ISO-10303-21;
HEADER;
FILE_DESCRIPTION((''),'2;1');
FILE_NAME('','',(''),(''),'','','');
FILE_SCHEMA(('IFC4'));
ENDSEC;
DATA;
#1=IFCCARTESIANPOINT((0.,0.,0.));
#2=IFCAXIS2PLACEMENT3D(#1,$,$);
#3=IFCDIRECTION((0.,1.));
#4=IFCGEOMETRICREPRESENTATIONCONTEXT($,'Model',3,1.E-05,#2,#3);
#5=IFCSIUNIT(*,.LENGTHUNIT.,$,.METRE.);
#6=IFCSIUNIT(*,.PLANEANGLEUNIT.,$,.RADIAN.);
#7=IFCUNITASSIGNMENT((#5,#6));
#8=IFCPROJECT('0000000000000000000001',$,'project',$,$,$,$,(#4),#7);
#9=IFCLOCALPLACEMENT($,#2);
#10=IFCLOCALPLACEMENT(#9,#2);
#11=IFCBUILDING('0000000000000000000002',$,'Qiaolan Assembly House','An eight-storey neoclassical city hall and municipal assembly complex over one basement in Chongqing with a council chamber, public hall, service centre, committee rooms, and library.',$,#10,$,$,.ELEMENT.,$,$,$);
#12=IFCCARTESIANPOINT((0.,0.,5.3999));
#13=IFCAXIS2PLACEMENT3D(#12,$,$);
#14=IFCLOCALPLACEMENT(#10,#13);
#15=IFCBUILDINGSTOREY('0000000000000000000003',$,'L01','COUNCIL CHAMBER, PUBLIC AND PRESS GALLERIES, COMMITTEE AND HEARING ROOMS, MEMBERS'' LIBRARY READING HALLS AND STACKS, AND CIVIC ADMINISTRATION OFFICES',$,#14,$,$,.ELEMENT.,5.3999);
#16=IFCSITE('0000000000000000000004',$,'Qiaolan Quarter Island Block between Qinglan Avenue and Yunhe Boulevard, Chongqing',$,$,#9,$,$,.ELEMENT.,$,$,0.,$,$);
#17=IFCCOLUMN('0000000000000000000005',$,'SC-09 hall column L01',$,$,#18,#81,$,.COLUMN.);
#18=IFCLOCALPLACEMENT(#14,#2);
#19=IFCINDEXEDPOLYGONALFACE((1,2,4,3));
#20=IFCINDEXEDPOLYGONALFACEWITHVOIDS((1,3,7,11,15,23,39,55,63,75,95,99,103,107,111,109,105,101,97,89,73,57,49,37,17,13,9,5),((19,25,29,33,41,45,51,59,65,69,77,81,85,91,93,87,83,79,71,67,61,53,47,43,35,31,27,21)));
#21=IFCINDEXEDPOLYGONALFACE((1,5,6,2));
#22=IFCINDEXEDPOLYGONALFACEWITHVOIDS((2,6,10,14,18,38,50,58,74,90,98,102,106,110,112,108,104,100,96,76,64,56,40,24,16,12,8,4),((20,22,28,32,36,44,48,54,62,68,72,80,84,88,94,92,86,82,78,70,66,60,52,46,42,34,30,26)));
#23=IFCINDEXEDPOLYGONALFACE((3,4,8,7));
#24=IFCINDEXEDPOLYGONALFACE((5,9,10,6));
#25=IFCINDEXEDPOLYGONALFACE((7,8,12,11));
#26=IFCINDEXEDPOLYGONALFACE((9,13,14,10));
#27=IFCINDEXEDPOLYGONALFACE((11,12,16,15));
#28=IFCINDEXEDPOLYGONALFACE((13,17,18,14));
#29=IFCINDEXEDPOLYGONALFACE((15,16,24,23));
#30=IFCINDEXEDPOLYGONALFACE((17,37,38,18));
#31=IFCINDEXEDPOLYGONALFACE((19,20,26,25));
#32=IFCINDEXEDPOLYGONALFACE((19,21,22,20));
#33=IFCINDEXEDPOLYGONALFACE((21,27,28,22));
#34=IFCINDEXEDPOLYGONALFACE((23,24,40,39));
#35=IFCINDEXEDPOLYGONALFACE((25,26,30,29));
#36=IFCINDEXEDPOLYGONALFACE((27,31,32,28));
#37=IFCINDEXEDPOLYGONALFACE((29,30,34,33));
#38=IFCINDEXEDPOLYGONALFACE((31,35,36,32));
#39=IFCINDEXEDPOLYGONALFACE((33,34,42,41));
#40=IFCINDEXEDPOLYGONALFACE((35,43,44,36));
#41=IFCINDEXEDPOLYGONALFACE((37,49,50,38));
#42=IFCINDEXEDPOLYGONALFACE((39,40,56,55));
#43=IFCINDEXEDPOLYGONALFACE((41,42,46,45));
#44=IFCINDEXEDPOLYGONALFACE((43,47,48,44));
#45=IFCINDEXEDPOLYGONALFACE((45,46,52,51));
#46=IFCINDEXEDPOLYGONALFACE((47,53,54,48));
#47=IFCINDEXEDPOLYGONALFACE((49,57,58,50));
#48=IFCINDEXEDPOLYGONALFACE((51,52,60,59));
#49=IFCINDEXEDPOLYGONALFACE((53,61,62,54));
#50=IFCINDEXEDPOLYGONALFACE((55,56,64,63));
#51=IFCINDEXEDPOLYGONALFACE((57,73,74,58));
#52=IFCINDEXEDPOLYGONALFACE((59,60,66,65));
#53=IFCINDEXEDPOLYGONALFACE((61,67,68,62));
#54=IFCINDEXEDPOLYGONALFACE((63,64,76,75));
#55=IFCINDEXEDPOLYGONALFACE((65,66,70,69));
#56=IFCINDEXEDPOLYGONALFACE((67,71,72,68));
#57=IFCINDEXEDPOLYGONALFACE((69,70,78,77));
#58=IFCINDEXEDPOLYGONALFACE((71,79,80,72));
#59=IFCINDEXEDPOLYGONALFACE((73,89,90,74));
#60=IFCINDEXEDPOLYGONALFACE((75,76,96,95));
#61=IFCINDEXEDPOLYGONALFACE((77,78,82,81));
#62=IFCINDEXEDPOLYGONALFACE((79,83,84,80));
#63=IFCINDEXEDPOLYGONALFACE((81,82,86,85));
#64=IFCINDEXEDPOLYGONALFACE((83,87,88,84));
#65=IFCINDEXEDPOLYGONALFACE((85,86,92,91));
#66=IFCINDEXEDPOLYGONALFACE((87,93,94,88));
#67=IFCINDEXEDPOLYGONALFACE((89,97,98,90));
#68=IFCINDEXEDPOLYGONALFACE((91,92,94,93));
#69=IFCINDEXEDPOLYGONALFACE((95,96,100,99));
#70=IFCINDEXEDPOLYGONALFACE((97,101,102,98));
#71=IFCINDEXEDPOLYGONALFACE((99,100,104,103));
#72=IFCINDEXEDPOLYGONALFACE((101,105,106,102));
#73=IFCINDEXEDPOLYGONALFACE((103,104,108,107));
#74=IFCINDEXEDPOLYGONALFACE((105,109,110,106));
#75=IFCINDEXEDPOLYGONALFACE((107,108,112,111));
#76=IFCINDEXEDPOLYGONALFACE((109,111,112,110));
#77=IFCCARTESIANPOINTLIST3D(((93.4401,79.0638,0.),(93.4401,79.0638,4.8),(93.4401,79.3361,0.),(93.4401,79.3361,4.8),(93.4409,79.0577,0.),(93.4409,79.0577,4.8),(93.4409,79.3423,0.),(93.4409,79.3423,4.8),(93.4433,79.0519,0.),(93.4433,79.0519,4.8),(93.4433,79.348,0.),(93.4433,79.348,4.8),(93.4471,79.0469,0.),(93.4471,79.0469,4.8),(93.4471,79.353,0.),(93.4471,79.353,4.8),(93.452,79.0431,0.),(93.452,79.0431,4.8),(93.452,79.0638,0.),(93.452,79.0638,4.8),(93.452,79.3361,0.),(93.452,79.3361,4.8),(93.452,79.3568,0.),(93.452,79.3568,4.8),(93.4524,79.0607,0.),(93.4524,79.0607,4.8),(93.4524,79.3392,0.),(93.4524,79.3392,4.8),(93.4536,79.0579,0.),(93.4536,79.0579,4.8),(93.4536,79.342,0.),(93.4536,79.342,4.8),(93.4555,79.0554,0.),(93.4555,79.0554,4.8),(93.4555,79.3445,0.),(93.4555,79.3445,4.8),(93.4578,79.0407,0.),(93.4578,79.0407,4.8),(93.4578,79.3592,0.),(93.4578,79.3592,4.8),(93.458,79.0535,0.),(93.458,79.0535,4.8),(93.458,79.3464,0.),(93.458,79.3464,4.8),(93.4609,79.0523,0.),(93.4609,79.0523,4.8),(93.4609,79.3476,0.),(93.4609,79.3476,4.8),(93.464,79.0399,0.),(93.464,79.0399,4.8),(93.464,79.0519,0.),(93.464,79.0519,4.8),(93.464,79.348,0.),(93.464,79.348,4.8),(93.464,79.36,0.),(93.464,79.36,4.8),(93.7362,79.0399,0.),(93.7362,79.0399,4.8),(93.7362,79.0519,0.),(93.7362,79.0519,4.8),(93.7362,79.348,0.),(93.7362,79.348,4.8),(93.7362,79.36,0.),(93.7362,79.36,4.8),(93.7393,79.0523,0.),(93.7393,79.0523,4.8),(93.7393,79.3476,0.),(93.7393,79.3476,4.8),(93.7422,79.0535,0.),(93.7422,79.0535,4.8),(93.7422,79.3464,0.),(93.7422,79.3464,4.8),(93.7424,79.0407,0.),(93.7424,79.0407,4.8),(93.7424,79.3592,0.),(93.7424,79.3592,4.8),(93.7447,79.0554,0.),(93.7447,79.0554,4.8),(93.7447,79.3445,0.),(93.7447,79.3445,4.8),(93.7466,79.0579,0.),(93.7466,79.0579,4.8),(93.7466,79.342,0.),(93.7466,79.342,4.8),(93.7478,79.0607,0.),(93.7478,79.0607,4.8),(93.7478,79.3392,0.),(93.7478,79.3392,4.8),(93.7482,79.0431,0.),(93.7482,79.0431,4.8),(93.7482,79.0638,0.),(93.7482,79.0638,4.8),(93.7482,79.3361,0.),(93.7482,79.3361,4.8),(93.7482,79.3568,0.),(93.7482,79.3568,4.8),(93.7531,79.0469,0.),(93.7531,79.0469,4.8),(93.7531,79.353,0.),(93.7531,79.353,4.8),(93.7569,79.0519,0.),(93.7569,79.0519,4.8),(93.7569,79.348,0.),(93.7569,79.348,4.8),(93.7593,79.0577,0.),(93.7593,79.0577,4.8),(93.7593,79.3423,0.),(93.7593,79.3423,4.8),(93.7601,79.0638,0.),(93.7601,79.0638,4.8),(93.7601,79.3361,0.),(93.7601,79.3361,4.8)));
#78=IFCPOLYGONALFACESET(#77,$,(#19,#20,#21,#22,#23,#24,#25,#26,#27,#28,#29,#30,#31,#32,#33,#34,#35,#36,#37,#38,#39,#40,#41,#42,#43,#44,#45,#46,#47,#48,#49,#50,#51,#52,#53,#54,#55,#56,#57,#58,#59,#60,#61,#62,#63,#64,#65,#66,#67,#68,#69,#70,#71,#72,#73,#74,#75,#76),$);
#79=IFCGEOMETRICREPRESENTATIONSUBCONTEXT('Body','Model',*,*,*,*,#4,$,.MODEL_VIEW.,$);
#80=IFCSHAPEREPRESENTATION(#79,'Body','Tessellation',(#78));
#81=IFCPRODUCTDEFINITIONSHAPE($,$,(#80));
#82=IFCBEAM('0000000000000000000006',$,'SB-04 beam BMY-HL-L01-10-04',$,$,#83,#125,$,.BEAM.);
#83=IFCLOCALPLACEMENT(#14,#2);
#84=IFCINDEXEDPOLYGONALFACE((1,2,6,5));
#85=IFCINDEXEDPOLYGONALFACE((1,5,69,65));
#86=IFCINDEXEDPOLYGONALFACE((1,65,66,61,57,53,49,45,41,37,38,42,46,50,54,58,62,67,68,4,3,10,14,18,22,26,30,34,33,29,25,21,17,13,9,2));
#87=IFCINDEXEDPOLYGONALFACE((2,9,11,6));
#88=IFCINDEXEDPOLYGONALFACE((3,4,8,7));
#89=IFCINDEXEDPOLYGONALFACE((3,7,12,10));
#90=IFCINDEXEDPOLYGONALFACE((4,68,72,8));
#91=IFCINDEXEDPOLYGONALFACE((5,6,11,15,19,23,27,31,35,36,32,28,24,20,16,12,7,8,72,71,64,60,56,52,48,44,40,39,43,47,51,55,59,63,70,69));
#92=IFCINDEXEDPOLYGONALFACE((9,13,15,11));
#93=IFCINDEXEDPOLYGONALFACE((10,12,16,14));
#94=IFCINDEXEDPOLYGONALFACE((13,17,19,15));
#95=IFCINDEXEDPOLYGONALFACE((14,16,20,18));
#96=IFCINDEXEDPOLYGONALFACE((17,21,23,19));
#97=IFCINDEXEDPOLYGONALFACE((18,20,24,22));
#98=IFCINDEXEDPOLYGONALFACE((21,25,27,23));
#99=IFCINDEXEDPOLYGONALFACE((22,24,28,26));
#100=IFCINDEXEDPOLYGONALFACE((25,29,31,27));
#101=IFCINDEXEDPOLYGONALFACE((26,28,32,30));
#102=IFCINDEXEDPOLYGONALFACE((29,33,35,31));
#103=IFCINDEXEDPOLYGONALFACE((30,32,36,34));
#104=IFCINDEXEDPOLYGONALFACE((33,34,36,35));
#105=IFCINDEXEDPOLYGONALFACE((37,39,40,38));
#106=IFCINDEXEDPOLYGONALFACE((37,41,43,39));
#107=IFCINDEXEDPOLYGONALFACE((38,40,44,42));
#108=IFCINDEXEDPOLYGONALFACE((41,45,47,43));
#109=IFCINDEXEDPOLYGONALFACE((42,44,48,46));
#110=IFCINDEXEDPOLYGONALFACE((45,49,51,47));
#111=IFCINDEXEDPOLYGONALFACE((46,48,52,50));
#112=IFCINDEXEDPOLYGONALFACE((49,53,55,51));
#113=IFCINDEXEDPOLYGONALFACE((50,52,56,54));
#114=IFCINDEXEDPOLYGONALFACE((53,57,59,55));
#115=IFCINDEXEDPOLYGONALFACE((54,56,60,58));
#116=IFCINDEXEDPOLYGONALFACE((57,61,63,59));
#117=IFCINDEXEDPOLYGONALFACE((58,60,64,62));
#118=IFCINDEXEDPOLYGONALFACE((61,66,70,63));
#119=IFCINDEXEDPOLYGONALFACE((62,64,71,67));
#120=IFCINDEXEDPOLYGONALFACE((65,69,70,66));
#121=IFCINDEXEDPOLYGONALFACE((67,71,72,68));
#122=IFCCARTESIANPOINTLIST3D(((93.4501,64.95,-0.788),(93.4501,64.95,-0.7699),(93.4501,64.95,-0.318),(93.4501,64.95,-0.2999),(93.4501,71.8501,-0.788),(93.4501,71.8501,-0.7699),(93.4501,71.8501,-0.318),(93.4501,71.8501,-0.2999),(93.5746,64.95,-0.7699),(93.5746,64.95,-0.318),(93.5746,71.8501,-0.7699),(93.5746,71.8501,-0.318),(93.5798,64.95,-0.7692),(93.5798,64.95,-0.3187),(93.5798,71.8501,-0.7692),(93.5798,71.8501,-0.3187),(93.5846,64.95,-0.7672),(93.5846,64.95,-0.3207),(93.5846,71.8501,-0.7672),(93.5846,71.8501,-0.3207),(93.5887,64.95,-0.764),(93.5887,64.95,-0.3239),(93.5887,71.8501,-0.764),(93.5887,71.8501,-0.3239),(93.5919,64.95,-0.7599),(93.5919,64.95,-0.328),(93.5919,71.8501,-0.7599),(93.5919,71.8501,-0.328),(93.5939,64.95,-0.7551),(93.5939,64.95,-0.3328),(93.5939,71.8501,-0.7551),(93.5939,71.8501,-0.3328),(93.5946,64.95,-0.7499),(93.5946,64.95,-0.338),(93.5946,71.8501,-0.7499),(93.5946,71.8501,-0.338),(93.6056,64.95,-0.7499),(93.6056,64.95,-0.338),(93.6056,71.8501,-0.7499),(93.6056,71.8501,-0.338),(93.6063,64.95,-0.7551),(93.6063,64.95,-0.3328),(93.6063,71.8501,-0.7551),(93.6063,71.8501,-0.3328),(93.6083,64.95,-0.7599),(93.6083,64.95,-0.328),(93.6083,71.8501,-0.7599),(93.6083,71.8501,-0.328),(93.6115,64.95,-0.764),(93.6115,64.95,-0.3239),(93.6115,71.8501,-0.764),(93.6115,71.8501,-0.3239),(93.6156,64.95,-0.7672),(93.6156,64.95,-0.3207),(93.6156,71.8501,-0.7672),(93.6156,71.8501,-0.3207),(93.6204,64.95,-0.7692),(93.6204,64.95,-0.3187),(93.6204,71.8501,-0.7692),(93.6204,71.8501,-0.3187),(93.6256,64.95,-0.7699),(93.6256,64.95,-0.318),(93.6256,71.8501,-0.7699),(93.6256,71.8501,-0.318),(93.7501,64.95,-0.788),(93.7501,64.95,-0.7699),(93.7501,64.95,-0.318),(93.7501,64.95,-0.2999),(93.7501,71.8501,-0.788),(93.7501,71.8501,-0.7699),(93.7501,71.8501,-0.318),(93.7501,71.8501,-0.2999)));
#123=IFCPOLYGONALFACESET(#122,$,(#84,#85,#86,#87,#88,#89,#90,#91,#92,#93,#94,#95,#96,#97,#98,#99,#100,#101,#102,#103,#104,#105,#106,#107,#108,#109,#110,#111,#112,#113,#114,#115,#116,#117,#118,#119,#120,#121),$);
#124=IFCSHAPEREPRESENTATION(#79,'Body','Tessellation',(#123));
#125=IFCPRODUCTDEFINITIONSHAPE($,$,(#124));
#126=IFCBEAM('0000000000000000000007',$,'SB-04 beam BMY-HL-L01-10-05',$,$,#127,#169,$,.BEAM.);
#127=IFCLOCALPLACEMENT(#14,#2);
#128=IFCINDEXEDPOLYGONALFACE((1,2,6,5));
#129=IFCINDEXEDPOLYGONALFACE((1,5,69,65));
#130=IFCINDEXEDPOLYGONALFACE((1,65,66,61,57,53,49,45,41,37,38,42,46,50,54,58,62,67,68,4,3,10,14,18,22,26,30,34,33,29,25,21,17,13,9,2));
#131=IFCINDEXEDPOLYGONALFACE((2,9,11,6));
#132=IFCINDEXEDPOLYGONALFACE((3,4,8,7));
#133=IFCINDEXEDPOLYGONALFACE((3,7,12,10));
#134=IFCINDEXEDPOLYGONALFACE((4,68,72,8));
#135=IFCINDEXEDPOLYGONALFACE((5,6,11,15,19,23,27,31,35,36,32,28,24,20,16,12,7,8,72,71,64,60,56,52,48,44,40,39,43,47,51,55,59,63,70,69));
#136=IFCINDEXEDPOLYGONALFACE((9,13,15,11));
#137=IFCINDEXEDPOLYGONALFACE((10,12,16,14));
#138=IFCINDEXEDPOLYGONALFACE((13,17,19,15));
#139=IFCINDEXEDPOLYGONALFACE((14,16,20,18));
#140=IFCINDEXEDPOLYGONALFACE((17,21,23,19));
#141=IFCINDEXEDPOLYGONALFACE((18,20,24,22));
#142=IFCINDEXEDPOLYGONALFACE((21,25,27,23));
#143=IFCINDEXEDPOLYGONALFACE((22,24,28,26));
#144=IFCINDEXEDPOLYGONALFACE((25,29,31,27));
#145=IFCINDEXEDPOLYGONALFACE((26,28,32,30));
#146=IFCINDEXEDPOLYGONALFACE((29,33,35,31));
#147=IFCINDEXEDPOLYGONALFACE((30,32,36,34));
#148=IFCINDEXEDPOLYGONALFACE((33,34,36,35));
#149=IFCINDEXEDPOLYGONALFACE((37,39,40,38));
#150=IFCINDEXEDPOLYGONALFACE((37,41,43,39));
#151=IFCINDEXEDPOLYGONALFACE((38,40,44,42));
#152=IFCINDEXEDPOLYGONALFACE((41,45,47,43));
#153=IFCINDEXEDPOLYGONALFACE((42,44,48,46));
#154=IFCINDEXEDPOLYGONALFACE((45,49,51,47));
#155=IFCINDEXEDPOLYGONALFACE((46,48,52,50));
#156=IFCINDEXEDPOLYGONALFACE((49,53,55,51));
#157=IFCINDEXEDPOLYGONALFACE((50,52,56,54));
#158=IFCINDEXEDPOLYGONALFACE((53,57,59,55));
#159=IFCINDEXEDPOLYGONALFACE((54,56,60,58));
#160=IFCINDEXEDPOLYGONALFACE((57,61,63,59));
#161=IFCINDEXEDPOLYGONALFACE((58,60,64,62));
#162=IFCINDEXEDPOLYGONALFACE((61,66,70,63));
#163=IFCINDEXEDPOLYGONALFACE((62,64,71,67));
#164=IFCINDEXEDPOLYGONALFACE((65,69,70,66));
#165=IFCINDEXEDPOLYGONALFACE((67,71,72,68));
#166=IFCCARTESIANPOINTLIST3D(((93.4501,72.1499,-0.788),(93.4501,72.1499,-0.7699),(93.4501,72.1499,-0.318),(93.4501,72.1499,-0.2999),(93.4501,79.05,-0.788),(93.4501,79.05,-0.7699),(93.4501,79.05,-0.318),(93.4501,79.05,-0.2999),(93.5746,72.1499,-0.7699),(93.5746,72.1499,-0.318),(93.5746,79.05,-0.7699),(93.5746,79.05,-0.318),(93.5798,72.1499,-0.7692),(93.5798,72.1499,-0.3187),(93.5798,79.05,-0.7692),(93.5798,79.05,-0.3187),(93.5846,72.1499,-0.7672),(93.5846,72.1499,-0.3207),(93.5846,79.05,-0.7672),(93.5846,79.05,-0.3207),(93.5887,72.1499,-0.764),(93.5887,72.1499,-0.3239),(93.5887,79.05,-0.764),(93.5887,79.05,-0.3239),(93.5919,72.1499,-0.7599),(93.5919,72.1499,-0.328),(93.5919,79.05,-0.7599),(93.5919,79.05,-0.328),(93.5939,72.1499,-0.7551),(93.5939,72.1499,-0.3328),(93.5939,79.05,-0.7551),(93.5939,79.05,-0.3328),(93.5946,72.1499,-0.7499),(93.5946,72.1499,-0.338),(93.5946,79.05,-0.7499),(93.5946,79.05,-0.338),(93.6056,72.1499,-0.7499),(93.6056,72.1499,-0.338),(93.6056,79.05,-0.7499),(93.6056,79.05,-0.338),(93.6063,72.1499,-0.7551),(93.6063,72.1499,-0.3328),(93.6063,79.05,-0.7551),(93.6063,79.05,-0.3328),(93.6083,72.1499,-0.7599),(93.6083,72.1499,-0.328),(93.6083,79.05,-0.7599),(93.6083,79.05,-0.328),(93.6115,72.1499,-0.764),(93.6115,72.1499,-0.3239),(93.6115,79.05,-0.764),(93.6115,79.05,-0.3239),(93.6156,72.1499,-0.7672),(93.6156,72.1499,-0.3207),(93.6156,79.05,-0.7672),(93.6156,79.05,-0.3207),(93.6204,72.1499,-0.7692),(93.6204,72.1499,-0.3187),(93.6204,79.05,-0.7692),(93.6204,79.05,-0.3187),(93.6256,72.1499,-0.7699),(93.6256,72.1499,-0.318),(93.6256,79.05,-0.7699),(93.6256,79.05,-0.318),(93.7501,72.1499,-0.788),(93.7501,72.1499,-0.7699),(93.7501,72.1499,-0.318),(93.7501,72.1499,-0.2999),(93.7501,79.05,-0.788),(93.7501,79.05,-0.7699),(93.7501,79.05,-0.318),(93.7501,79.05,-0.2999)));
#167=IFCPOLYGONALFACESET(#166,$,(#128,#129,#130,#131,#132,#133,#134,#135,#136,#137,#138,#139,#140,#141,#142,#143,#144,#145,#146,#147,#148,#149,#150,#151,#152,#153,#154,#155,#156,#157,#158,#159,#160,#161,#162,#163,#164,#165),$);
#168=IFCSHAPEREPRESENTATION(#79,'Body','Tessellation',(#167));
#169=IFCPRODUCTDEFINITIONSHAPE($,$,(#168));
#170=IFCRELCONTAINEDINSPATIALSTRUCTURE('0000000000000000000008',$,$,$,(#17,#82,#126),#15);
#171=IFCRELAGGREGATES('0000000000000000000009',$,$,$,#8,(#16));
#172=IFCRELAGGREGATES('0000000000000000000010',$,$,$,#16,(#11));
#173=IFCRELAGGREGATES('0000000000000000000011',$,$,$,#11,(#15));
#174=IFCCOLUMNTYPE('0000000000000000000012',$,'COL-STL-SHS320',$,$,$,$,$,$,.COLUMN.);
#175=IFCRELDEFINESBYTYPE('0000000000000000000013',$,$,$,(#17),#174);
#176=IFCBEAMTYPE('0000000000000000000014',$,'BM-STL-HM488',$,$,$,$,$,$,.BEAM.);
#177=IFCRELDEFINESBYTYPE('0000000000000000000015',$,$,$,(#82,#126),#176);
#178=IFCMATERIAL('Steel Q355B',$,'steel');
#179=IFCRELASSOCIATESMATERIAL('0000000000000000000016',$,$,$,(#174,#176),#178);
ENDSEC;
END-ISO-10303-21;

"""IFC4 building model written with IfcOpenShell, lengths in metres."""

from ifc_helpers import new_model, si_unit, direction, frame, origin, origin_2d, place, context, subcontext, project, spatial, hollow_rectangle, i_section, extrude, material, material_profile, profile_set, type_object, element, save


model = new_model("IFC4")

# Units and contexts
model_context = context("Model", 3, precision=1e-05, world=origin(), true_north=direction((0.0, 1.0)))
body_context = subcontext(model_context, "Body", "Model", "MODEL_VIEW")
ifc_project = project(units=[si_unit("LENGTHUNIT", "METRE"), si_unit("PLANEANGLEUNIT", "RADIAN")], contexts=[model_context])

# Site, building, storey
site_placement = place(None, origin())
site = spatial("IfcSite", under=ifc_project, at=site_placement, Name="Qiaolan Quarter Island Block between Qinglan Avenue and Yunhe Boulevard, Chongqing", CompositionType="ELEMENT", RefElevation=0.0)
building_placement = place(site_placement, origin())
building = spatial("IfcBuilding", under=site, at=building_placement, Name="Qiaolan Assembly House", Description="An eight-storey neoclassical city hall and municipal assembly complex over one basement in Chongqing with a council chamber, public hall, service centre, committee rooms, and library.", CompositionType="ELEMENT")
storey_placement = place(building_placement, frame((0.0, 0.0, 5.3999)))
storey = spatial("IfcBuildingStorey", under=building, at=storey_placement, Name="L01", Description="COUNCIL CHAMBER, PUBLIC AND PRESS GALLERIES, COMMITTEE AND HEARING ROOMS, MEMBERS' LIBRARY READING HALLS AND STACKS, AND CIVIC ADMINISTRATION OFFICES", CompositionType="ELEMENT", Elevation=5.3999)

# Column
ifc_material_1 = material(Name="Steel Q355B", Category="steel")
ifc_material_profile_1 = material_profile(ifc_material_1, hollow_rectangle(XDim=0.3201, YDim=0.3201, WallThickness=0.012, InnerFilletRadius=0.012, OuterFilletRadius=0.0239, at=origin_2d()), Name="SHS 320x320x12")
ifc_profile_set_1 = profile_set([ifc_material_profile_1], Name="Steel Q355B")
column_type_1 = type_object("IfcColumnType", Name="COL-STL-SHS320", PredefinedType="COLUMN", material=ifc_profile_set_1)
for number, where, z_axis, x_axis, name in (
    (1, (93.6001, 79.2, 0.0), (0.0, 0.0, 1.0), (1.0, 0.0, 0.0), "SC-09 hall column L01"),
):
    element("IfcColumn", number, at=place(storey_placement, frame(where, z_axis=z_axis, x_axis=x_axis)), inside=storey, type_object=column_type_1, Name=name, PredefinedType="COLUMN", context=body_context, shape_type="SweptSolid", body=[
        extrude(hollow_rectangle(XDim=0.3201, YDim=0.3201, WallThickness=0.012, InnerFilletRadius=0.012, OuterFilletRadius=0.0239, at=origin_2d()), origin(), (0.0, 0.0, 1.0), 4.8),
    ])

# Beams
ifc_material_profile_2 = material_profile(ifc_material_1, i_section(OverallWidth=0.3, OverallDepth=0.488, WebThickness=0.011, FlangeThickness=0.0181, FilletRadius=0.02, at=origin_2d()), Name="HM 488x300x11x18")
ifc_profile_set_2 = profile_set([ifc_material_profile_2], Name="Steel Q355B")
beam_type_1 = type_object("IfcBeamType", Name="BM-STL-HM488", PredefinedType="BEAM", material=ifc_profile_set_2)
for number, where, z_axis, x_axis, name in (
    (2, (93.6001, 64.95, -0.5439), (0.0, 1.0, 0.0), (-1.0, 0.0, 0.0), "SB-04 beam BMY-HL-L01-10-04"),
    (3, (93.6001, 72.1499, -0.5439), (0.0, 1.0, 0.0), (-1.0, 0.0, 0.0), "SB-04 beam BMY-HL-L01-10-05"),
):
    element("IfcBeam", number, at=place(storey_placement, frame(where, z_axis=z_axis, x_axis=x_axis)), inside=storey, type_object=beam_type_1, Name=name, PredefinedType="BEAM", context=body_context, shape_type="SweptSolid", body=[
        extrude(i_section(OverallWidth=0.3, OverallDepth=0.488, WebThickness=0.011, FlangeThickness=0.0181, FilletRadius=0.02, at=origin_2d()), origin(), (0.0, 0.0, 1.0), 6.9001),
    ])

save(model, "model.ifc")
